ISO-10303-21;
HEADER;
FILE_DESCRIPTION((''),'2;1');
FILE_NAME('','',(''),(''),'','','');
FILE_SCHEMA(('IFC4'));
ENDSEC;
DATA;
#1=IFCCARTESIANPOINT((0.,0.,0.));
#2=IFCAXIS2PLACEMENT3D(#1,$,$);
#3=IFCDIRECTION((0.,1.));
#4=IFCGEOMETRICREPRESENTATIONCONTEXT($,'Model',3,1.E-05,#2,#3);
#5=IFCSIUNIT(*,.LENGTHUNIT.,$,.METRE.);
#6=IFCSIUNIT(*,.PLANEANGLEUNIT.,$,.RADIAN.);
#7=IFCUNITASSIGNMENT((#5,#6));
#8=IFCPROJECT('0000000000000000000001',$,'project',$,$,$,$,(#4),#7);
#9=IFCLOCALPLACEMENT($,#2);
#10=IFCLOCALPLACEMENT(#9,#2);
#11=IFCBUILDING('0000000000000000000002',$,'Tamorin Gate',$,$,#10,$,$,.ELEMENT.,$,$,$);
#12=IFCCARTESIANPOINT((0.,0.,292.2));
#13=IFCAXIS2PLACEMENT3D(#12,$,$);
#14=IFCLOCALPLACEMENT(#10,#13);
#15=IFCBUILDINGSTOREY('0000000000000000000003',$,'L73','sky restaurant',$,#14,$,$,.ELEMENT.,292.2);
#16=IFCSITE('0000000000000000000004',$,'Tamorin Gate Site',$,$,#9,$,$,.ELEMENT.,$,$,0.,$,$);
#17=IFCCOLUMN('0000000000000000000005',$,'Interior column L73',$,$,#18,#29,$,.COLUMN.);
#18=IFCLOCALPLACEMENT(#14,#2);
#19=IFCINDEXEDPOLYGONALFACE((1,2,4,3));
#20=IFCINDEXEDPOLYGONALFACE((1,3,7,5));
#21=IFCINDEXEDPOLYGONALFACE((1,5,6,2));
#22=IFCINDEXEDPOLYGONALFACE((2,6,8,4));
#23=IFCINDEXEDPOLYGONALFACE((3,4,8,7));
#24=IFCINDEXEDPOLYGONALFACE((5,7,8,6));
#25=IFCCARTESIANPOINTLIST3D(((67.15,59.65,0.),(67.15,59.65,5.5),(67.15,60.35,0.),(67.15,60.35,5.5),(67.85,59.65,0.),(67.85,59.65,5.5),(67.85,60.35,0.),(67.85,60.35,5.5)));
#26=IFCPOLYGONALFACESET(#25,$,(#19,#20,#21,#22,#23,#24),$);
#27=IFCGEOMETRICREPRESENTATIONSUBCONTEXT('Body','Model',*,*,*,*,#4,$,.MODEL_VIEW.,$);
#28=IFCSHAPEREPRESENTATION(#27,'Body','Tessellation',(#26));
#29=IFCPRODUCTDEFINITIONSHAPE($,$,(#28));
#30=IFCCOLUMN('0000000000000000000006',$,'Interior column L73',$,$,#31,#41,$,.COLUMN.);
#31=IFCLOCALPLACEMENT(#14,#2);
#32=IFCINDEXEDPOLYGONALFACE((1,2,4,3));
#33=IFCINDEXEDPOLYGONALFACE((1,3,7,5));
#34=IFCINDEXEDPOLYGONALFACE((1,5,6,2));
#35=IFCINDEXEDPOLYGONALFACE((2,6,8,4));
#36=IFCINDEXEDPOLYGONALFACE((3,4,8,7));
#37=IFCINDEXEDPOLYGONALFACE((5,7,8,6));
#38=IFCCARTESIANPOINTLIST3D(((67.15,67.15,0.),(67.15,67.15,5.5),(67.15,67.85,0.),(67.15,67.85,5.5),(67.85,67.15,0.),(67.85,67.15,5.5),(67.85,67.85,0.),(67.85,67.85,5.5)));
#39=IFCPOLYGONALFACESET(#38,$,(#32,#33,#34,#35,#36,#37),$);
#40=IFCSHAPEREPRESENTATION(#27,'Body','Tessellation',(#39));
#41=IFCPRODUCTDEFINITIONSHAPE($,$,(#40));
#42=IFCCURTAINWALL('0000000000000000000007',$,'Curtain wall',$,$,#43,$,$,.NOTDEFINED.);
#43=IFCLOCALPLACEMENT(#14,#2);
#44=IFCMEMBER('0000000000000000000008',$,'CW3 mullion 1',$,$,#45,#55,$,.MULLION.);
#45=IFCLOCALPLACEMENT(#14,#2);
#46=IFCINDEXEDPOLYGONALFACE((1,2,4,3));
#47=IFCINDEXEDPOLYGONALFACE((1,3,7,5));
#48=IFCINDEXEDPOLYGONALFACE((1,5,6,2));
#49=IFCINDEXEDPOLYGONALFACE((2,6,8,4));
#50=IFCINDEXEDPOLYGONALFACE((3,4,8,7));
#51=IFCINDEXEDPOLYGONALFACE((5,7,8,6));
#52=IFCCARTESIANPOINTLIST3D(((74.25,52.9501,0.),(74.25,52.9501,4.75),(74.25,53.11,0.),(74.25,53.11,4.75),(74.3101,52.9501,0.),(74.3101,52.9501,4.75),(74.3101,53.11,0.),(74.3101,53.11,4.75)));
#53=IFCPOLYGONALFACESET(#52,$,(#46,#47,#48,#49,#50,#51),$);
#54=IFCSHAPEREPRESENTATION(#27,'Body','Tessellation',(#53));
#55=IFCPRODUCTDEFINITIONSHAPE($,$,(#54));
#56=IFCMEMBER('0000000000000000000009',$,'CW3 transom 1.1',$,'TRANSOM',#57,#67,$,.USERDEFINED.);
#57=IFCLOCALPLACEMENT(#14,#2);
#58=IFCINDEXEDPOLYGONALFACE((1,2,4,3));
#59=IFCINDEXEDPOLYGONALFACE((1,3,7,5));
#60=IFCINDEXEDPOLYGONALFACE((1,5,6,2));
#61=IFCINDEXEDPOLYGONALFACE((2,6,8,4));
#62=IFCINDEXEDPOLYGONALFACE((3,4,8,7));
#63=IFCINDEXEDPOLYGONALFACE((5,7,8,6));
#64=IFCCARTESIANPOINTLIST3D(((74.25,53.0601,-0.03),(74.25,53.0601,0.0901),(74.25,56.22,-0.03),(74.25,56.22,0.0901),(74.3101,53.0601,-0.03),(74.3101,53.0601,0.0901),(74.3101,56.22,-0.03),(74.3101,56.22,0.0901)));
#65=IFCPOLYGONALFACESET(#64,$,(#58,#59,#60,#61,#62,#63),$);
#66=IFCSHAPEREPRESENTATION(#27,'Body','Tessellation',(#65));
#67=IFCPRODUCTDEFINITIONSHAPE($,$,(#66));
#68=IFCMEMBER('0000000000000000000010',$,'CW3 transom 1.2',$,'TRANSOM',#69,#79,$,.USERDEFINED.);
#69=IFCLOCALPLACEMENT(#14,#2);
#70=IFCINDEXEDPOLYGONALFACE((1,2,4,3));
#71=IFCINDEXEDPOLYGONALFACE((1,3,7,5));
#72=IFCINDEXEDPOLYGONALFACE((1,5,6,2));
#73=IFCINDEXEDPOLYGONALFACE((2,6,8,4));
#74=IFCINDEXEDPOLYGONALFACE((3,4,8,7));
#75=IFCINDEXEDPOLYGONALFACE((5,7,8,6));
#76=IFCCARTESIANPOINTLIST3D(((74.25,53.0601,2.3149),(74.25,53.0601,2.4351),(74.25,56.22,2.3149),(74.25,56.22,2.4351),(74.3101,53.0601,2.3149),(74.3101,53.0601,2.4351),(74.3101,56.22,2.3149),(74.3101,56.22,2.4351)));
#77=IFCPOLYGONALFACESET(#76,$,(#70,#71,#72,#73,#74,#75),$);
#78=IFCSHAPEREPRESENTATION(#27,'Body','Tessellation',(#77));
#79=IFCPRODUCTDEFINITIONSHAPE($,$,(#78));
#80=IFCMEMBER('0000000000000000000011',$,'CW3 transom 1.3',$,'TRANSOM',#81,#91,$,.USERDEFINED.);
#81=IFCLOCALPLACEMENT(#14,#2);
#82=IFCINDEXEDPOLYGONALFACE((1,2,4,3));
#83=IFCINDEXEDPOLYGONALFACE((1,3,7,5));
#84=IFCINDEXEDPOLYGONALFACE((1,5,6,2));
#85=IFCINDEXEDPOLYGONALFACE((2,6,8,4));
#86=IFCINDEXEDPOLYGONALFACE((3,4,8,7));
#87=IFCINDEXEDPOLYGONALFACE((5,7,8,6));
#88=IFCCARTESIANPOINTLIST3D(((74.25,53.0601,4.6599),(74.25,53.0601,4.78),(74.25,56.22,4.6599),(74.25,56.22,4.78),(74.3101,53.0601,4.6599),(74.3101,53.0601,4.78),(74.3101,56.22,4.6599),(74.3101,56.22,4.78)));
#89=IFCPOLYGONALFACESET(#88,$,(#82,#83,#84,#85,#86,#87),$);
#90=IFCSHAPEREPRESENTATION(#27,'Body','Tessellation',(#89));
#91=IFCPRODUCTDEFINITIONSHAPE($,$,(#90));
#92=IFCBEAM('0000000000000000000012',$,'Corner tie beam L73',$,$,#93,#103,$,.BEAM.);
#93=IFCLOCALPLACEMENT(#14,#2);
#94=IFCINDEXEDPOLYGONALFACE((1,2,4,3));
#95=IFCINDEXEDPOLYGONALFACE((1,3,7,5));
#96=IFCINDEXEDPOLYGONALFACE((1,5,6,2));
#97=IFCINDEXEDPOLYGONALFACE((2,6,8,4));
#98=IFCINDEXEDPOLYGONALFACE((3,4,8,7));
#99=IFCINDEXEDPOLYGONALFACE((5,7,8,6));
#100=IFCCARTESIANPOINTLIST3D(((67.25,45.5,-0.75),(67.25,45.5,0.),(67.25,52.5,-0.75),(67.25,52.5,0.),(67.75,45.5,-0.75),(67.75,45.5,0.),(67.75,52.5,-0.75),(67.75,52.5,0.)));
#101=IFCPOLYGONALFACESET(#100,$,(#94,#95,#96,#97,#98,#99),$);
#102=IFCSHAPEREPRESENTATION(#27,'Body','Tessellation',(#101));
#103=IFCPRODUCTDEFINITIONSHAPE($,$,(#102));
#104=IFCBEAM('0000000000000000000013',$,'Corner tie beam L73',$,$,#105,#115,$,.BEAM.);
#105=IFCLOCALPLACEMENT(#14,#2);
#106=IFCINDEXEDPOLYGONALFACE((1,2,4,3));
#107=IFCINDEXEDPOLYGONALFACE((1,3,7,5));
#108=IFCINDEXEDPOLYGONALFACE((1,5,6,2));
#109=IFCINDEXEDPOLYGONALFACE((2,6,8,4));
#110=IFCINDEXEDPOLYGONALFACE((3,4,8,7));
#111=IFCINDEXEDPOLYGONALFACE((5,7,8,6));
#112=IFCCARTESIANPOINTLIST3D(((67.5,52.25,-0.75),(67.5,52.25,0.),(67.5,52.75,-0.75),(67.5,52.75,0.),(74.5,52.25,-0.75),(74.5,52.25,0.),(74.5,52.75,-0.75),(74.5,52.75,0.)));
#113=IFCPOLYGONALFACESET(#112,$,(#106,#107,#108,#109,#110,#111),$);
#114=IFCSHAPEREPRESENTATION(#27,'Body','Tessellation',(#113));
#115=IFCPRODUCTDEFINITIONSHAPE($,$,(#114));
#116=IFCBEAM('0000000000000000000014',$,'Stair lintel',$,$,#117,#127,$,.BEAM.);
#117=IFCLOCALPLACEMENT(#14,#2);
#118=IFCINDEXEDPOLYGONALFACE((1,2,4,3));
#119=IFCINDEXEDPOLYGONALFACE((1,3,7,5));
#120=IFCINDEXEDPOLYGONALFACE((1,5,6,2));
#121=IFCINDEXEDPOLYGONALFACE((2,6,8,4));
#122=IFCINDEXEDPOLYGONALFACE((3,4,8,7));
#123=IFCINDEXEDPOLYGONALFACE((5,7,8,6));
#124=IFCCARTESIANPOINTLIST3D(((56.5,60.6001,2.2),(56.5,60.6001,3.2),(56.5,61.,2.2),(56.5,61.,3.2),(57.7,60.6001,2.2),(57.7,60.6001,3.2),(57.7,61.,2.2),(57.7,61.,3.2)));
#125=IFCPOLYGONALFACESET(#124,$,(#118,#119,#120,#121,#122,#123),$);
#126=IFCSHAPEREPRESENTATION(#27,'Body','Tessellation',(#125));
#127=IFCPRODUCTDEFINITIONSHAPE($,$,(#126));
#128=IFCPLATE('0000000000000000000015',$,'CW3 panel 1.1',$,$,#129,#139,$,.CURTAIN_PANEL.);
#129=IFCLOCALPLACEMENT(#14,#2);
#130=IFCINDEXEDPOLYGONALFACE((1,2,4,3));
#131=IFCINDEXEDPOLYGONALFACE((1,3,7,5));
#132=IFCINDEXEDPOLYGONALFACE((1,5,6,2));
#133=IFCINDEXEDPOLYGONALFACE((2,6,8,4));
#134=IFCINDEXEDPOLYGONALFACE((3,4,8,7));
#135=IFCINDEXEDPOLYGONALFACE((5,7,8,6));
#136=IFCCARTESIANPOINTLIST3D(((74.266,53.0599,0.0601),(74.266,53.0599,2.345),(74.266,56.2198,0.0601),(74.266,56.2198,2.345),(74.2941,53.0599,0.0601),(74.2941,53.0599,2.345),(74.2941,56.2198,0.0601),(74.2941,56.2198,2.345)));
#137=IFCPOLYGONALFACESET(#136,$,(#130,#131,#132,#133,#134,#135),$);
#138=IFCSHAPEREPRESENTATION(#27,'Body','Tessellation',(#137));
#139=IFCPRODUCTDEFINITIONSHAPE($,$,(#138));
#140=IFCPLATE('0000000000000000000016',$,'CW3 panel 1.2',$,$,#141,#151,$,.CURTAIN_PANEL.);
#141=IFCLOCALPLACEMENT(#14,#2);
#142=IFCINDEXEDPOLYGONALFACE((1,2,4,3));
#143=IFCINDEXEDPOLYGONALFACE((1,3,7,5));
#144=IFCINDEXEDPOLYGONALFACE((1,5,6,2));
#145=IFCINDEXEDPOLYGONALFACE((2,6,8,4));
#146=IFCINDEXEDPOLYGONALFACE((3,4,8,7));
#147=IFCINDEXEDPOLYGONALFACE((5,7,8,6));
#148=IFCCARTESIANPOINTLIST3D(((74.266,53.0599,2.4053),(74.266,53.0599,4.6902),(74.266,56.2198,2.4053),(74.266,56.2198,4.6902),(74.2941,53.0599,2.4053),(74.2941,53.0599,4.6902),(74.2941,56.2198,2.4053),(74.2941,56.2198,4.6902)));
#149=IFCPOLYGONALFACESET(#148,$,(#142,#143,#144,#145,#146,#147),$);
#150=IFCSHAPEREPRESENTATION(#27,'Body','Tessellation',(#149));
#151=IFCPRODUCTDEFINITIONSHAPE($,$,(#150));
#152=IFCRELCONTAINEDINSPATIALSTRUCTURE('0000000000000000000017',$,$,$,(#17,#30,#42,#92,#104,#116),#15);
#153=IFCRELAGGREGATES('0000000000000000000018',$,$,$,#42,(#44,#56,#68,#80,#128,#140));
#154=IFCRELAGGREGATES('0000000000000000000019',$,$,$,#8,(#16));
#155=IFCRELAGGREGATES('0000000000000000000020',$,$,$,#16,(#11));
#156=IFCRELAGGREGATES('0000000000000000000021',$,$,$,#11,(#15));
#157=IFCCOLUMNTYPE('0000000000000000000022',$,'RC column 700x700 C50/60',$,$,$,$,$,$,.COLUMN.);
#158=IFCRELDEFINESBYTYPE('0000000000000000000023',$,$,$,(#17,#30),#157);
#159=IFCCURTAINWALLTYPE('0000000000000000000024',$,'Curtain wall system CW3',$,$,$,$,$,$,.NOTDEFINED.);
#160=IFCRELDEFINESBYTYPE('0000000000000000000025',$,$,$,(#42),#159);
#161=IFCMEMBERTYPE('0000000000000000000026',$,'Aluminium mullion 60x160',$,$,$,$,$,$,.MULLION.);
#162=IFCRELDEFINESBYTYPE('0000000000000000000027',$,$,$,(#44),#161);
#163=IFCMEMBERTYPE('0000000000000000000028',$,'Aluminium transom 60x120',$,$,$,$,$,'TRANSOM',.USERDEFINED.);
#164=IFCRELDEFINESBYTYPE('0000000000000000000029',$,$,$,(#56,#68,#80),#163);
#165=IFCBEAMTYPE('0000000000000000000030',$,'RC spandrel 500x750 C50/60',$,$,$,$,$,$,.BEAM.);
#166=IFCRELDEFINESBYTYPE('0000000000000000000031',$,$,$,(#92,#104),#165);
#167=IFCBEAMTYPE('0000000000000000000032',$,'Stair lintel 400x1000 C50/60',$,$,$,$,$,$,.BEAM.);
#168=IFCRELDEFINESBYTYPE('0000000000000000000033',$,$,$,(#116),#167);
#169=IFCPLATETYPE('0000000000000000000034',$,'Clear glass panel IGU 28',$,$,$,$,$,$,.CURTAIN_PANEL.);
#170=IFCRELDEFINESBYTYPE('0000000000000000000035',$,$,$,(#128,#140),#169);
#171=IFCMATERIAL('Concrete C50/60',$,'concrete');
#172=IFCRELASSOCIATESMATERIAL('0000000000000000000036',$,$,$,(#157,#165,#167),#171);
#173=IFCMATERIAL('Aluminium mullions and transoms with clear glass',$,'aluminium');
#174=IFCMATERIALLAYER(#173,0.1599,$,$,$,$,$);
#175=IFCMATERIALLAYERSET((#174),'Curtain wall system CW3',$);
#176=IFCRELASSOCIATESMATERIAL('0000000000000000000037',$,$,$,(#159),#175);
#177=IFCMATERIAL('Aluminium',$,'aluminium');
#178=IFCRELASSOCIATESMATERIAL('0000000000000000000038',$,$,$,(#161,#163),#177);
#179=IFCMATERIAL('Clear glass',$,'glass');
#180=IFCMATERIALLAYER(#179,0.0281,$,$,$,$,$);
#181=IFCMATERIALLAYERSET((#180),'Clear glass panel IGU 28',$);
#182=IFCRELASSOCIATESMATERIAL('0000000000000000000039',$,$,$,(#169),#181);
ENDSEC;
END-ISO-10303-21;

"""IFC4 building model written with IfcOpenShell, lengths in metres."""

from ifc_helpers import new_model, si_unit, direction, frame, origin, origin_2d, place, context, subcontext, project, spatial, rectangle, extrude, material, layer, layer_set, material_profile, profile_set, type_object, element, aggregate, save


model = new_model("IFC4")

# Units and contexts
model_context = context("Model", 3, precision=1e-05, world=origin(), true_north=direction((0.0, 1.0)))
body_context = subcontext(model_context, "Body", "Model", "MODEL_VIEW")
ifc_project = project(units=[si_unit("LENGTHUNIT", "METRE"), si_unit("PLANEANGLEUNIT", "RADIAN")], contexts=[model_context])

# Site, building, storey
site_placement = place(None, origin())
site = spatial("IfcSite", under=ifc_project, at=site_placement, Name="Tamorin Gate Site", CompositionType="ELEMENT", RefElevation=0.0)
building_placement = place(site_placement, origin())
building = spatial("IfcBuilding", under=site, at=building_placement, Name="Tamorin Gate", CompositionType="ELEMENT")
storey_placement = place(building_placement, frame((0.0, 0.0, 292.2)))
storey = spatial("IfcBuildingStorey", under=building, at=storey_placement, Name="L73", Description="sky restaurant", CompositionType="ELEMENT", Elevation=292.2)

# Columns
ifc_material_1 = material(Name="Concrete C50/60", Category="concrete")
ifc_material_profile_1 = material_profile(ifc_material_1, rectangle(XDim=0.7, YDim=0.7, at=origin_2d()), Name="RC 700x700")
ifc_profile_set_1 = profile_set([ifc_material_profile_1], Name="Concrete C50/60")
column_type = type_object("IfcColumnType", Name="RC column 700x700 C50/60", PredefinedType="COLUMN", material=ifc_profile_set_1)
for number, where, z_axis, x_axis, name in (
    (1, (67.5, 60.0, 0.0), (0.0, 0.0, 1.0), (1.0, 0.0, 0.0), "Interior column L73"),
    (2, (67.5, 67.5, 0.0), (0.0, 0.0, 1.0), (1.0, 0.0, 0.0), "Interior column L73"),
):
    element("IfcColumn", number, at=place(storey_placement, frame(where, z_axis=z_axis, x_axis=x_axis)), inside=storey, type_object=column_type, Name=name, PredefinedType="COLUMN", context=body_context, shape_type="SweptSolid", body=[
        extrude(rectangle(XDim=0.7, YDim=0.7, at=origin_2d()), origin(), (0.0, 0.0, 1.0), 5.5),
    ])

# Curtain wall, members
ifc_material_2 = material(Name="Aluminium mullions and transoms with clear glass", Category="aluminium")
ifc_layer_1 = layer(ifc_material_2, 0.1599)
ifc_layer_set_1 = layer_set([ifc_layer_1], Name="Curtain wall system CW3")
curtain_wall_type = type_object("IfcCurtainWallType", Name="Curtain wall system CW3", PredefinedType="NOTDEFINED", material=ifc_layer_set_1)
curtain_wall_placement = place(storey_placement, origin())
curtain_wall = element("IfcCurtainWall", 3, at=curtain_wall_placement, inside=storey, type_object=curtain_wall_type, Name="Curtain wall", PredefinedType="NOTDEFINED")
ifc_material_3 = material(Name="Aluminium", Category="aluminium")
ifc_material_profile_2 = material_profile(ifc_material_3, rectangle(XDim=0.0601, YDim=0.1599, at=origin_2d()), Name="RECT 60x160")
ifc_profile_set_2 = profile_set([ifc_material_profile_2], Name="Aluminium")
member_type_1 = type_object("IfcMemberType", Name="Aluminium mullion 60x160", PredefinedType="MULLION", material=ifc_profile_set_2)
member_1_placement = place(storey_placement, frame((74.28, 53.03, 0.0), z_axis=(0.0, 0.0, 1.0), x_axis=(-1.0, 0.0, 0.0)))
member_1 = element("IfcMember", 4, at=member_1_placement, type_object=member_type_1, Name="CW3 mullion 1", PredefinedType="MULLION", context=body_context, shape_type="SweptSolid", body=[
    extrude(rectangle(XDim=0.0601, YDim=0.1599, at=origin_2d()), origin(), (0.0, 0.0, 1.0), 4.75),
])
ifc_material_profile_3 = material_profile(ifc_material_3, rectangle(XDim=0.0601, YDim=0.1201, at=origin_2d()), Name="RECT 60x120")
ifc_profile_set_3 = profile_set([ifc_material_profile_3], Name="Aluminium")
member_type_2 = type_object("IfcMemberType", Name="Aluminium transom 60x120", ElementType="TRANSOM", PredefinedType="USERDEFINED", material=ifc_profile_set_3)
member_2_placement = place(storey_placement, frame((74.28, 53.0601, 0.03), z_axis=(0.0, 1.0, 0.0), x_axis=(-1.0, 0.0, 0.0)))
member_2 = element("IfcMember", 5, at=member_2_placement, type_object=member_type_2, Name="CW3 transom 1.1", ObjectType="TRANSOM", PredefinedType="USERDEFINED", context=body_context, shape_type="SweptSolid", body=[
    extrude(rectangle(XDim=0.0601, YDim=0.1201, at=origin_2d()), origin(), (0.0, 0.0, 1.0), 3.1599),
])
member_3_placement = place(storey_placement, frame((74.28, 53.0601, 2.375), z_axis=(0.0, 1.0, 0.0), x_axis=(-1.0, 0.0, 0.0)))
member_3 = element("IfcMember", 6, at=member_3_placement, type_object=member_type_2, Name="CW3 transom 1.2", ObjectType="TRANSOM", PredefinedType="USERDEFINED", context=body_context, shape_type="SweptSolid", body=[
    extrude(rectangle(XDim=0.0601, YDim=0.1201, at=origin_2d()), origin(), (0.0, 0.0, 1.0), 3.1599),
])
member_4_placement = place(storey_placement, frame((74.28, 53.0601, 4.72), z_axis=(0.0, 1.0, 0.0), x_axis=(-1.0, 0.0, 0.0)))
member_4 = element("IfcMember", 7, at=member_4_placement, type_object=member_type_2, Name="CW3 transom 1.3", ObjectType="TRANSOM", PredefinedType="USERDEFINED", context=body_context, shape_type="SweptSolid", body=[
    extrude(rectangle(XDim=0.0601, YDim=0.1201, at=origin_2d()), origin(), (0.0, 0.0, 1.0), 3.1599),
])

# Beams
ifc_material_profile_4 = material_profile(ifc_material_1, rectangle(XDim=0.5, YDim=0.75, at=origin_2d()), Name="RC 500x750")
ifc_profile_set_4 = profile_set([ifc_material_profile_4], Name="Concrete C50/60")
beam_type_1 = type_object("IfcBeamType", Name="RC spandrel 500x750 C50/60", PredefinedType="BEAM", material=ifc_profile_set_4)
for number, where, z_axis, x_axis, name in (
    (8, (67.5, 52.5, -0.375), (0.0, -1.0, 0.0), (1.0, 0.0, 0.0), "Corner tie beam L73"),
    (9, (67.5, 52.5, -0.375), (1.0, 0.0, 0.0), (0.0, 1.0, 0.0), "Corner tie beam L73"),
):
    element("IfcBeam", number, at=place(storey_placement, frame(where, z_axis=z_axis, x_axis=x_axis)), inside=storey, type_object=beam_type_1, Name=name, PredefinedType="BEAM", context=body_context, shape_type="SweptSolid", body=[
        extrude(rectangle(XDim=0.5, YDim=0.75, at=origin_2d()), origin(), (0.0, 0.0, 1.0), 7.0),
    ])
ifc_material_profile_5 = material_profile(ifc_material_1, rectangle(XDim=0.3999, YDim=1.0, at=origin_2d()))
ifc_profile_set_5 = profile_set([ifc_material_profile_5], Name="Concrete C50/60")
beam_type_2 = type_object("IfcBeamType", Name="Stair lintel 400x1000 C50/60", PredefinedType="BEAM", material=ifc_profile_set_5)
beam_placement = place(storey_placement, frame((56.5, 60.8, 2.7), z_axis=(1.0, 0.0, 0.0), x_axis=(0.0, 1.0, 0.0)))
element("IfcBeam", 10, at=beam_placement, inside=storey, type_object=beam_type_2, Name="Stair lintel", PredefinedType="BEAM", context=body_context, shape_type="SweptSolid", body=[
    extrude(rectangle(XDim=0.3999, YDim=1.0, at=origin_2d()), origin(), (0.0, 0.0, 1.0), 1.2),
])

# Plates
ifc_material_4 = material(Name="Clear glass", Category="glass")
ifc_layer_2 = layer(ifc_material_4, 0.0281)
ifc_layer_set_2 = layer_set([ifc_layer_2], Name="Clear glass panel IGU 28")
plate_type = type_object("IfcPlateType", Name="Clear glass panel IGU 28", PredefinedType="CURTAIN_PANEL", material=ifc_layer_set_2)
plate_1_placement = place(storey_placement, frame((74.28, 54.6399, 0.0601), z_axis=(0.0, 0.0, 1.0), x_axis=(0.0, 1.0, 0.0)))
plate_1 = element("IfcPlate", 11, at=plate_1_placement, type_object=plate_type, Name="CW3 panel 1.1", PredefinedType="CURTAIN_PANEL", context=body_context, shape_type="SweptSolid", body=[
    extrude(rectangle(XDim=3.1599, YDim=0.0281, at=origin_2d()), origin(), (0.0, 0.0, 1.0), 2.2849),
])
plate_2_placement = place(storey_placement, frame((74.28, 54.6399, 2.4053), z_axis=(0.0, 0.0, 1.0), x_axis=(0.0, 1.0, 0.0)))
plate_2 = element("IfcPlate", 12, at=plate_2_placement, type_object=plate_type, Name="CW3 panel 1.2", PredefinedType="CURTAIN_PANEL", context=body_context, shape_type="SweptSolid", body=[
    extrude(rectangle(XDim=3.1599, YDim=0.0281, at=origin_2d()), origin(), (0.0, 0.0, 1.0), 2.2849),
])
aggregate(curtain_wall, [member_1, member_2, member_3, member_4, plate_1, plate_2])

save(model, "model.ifc")
